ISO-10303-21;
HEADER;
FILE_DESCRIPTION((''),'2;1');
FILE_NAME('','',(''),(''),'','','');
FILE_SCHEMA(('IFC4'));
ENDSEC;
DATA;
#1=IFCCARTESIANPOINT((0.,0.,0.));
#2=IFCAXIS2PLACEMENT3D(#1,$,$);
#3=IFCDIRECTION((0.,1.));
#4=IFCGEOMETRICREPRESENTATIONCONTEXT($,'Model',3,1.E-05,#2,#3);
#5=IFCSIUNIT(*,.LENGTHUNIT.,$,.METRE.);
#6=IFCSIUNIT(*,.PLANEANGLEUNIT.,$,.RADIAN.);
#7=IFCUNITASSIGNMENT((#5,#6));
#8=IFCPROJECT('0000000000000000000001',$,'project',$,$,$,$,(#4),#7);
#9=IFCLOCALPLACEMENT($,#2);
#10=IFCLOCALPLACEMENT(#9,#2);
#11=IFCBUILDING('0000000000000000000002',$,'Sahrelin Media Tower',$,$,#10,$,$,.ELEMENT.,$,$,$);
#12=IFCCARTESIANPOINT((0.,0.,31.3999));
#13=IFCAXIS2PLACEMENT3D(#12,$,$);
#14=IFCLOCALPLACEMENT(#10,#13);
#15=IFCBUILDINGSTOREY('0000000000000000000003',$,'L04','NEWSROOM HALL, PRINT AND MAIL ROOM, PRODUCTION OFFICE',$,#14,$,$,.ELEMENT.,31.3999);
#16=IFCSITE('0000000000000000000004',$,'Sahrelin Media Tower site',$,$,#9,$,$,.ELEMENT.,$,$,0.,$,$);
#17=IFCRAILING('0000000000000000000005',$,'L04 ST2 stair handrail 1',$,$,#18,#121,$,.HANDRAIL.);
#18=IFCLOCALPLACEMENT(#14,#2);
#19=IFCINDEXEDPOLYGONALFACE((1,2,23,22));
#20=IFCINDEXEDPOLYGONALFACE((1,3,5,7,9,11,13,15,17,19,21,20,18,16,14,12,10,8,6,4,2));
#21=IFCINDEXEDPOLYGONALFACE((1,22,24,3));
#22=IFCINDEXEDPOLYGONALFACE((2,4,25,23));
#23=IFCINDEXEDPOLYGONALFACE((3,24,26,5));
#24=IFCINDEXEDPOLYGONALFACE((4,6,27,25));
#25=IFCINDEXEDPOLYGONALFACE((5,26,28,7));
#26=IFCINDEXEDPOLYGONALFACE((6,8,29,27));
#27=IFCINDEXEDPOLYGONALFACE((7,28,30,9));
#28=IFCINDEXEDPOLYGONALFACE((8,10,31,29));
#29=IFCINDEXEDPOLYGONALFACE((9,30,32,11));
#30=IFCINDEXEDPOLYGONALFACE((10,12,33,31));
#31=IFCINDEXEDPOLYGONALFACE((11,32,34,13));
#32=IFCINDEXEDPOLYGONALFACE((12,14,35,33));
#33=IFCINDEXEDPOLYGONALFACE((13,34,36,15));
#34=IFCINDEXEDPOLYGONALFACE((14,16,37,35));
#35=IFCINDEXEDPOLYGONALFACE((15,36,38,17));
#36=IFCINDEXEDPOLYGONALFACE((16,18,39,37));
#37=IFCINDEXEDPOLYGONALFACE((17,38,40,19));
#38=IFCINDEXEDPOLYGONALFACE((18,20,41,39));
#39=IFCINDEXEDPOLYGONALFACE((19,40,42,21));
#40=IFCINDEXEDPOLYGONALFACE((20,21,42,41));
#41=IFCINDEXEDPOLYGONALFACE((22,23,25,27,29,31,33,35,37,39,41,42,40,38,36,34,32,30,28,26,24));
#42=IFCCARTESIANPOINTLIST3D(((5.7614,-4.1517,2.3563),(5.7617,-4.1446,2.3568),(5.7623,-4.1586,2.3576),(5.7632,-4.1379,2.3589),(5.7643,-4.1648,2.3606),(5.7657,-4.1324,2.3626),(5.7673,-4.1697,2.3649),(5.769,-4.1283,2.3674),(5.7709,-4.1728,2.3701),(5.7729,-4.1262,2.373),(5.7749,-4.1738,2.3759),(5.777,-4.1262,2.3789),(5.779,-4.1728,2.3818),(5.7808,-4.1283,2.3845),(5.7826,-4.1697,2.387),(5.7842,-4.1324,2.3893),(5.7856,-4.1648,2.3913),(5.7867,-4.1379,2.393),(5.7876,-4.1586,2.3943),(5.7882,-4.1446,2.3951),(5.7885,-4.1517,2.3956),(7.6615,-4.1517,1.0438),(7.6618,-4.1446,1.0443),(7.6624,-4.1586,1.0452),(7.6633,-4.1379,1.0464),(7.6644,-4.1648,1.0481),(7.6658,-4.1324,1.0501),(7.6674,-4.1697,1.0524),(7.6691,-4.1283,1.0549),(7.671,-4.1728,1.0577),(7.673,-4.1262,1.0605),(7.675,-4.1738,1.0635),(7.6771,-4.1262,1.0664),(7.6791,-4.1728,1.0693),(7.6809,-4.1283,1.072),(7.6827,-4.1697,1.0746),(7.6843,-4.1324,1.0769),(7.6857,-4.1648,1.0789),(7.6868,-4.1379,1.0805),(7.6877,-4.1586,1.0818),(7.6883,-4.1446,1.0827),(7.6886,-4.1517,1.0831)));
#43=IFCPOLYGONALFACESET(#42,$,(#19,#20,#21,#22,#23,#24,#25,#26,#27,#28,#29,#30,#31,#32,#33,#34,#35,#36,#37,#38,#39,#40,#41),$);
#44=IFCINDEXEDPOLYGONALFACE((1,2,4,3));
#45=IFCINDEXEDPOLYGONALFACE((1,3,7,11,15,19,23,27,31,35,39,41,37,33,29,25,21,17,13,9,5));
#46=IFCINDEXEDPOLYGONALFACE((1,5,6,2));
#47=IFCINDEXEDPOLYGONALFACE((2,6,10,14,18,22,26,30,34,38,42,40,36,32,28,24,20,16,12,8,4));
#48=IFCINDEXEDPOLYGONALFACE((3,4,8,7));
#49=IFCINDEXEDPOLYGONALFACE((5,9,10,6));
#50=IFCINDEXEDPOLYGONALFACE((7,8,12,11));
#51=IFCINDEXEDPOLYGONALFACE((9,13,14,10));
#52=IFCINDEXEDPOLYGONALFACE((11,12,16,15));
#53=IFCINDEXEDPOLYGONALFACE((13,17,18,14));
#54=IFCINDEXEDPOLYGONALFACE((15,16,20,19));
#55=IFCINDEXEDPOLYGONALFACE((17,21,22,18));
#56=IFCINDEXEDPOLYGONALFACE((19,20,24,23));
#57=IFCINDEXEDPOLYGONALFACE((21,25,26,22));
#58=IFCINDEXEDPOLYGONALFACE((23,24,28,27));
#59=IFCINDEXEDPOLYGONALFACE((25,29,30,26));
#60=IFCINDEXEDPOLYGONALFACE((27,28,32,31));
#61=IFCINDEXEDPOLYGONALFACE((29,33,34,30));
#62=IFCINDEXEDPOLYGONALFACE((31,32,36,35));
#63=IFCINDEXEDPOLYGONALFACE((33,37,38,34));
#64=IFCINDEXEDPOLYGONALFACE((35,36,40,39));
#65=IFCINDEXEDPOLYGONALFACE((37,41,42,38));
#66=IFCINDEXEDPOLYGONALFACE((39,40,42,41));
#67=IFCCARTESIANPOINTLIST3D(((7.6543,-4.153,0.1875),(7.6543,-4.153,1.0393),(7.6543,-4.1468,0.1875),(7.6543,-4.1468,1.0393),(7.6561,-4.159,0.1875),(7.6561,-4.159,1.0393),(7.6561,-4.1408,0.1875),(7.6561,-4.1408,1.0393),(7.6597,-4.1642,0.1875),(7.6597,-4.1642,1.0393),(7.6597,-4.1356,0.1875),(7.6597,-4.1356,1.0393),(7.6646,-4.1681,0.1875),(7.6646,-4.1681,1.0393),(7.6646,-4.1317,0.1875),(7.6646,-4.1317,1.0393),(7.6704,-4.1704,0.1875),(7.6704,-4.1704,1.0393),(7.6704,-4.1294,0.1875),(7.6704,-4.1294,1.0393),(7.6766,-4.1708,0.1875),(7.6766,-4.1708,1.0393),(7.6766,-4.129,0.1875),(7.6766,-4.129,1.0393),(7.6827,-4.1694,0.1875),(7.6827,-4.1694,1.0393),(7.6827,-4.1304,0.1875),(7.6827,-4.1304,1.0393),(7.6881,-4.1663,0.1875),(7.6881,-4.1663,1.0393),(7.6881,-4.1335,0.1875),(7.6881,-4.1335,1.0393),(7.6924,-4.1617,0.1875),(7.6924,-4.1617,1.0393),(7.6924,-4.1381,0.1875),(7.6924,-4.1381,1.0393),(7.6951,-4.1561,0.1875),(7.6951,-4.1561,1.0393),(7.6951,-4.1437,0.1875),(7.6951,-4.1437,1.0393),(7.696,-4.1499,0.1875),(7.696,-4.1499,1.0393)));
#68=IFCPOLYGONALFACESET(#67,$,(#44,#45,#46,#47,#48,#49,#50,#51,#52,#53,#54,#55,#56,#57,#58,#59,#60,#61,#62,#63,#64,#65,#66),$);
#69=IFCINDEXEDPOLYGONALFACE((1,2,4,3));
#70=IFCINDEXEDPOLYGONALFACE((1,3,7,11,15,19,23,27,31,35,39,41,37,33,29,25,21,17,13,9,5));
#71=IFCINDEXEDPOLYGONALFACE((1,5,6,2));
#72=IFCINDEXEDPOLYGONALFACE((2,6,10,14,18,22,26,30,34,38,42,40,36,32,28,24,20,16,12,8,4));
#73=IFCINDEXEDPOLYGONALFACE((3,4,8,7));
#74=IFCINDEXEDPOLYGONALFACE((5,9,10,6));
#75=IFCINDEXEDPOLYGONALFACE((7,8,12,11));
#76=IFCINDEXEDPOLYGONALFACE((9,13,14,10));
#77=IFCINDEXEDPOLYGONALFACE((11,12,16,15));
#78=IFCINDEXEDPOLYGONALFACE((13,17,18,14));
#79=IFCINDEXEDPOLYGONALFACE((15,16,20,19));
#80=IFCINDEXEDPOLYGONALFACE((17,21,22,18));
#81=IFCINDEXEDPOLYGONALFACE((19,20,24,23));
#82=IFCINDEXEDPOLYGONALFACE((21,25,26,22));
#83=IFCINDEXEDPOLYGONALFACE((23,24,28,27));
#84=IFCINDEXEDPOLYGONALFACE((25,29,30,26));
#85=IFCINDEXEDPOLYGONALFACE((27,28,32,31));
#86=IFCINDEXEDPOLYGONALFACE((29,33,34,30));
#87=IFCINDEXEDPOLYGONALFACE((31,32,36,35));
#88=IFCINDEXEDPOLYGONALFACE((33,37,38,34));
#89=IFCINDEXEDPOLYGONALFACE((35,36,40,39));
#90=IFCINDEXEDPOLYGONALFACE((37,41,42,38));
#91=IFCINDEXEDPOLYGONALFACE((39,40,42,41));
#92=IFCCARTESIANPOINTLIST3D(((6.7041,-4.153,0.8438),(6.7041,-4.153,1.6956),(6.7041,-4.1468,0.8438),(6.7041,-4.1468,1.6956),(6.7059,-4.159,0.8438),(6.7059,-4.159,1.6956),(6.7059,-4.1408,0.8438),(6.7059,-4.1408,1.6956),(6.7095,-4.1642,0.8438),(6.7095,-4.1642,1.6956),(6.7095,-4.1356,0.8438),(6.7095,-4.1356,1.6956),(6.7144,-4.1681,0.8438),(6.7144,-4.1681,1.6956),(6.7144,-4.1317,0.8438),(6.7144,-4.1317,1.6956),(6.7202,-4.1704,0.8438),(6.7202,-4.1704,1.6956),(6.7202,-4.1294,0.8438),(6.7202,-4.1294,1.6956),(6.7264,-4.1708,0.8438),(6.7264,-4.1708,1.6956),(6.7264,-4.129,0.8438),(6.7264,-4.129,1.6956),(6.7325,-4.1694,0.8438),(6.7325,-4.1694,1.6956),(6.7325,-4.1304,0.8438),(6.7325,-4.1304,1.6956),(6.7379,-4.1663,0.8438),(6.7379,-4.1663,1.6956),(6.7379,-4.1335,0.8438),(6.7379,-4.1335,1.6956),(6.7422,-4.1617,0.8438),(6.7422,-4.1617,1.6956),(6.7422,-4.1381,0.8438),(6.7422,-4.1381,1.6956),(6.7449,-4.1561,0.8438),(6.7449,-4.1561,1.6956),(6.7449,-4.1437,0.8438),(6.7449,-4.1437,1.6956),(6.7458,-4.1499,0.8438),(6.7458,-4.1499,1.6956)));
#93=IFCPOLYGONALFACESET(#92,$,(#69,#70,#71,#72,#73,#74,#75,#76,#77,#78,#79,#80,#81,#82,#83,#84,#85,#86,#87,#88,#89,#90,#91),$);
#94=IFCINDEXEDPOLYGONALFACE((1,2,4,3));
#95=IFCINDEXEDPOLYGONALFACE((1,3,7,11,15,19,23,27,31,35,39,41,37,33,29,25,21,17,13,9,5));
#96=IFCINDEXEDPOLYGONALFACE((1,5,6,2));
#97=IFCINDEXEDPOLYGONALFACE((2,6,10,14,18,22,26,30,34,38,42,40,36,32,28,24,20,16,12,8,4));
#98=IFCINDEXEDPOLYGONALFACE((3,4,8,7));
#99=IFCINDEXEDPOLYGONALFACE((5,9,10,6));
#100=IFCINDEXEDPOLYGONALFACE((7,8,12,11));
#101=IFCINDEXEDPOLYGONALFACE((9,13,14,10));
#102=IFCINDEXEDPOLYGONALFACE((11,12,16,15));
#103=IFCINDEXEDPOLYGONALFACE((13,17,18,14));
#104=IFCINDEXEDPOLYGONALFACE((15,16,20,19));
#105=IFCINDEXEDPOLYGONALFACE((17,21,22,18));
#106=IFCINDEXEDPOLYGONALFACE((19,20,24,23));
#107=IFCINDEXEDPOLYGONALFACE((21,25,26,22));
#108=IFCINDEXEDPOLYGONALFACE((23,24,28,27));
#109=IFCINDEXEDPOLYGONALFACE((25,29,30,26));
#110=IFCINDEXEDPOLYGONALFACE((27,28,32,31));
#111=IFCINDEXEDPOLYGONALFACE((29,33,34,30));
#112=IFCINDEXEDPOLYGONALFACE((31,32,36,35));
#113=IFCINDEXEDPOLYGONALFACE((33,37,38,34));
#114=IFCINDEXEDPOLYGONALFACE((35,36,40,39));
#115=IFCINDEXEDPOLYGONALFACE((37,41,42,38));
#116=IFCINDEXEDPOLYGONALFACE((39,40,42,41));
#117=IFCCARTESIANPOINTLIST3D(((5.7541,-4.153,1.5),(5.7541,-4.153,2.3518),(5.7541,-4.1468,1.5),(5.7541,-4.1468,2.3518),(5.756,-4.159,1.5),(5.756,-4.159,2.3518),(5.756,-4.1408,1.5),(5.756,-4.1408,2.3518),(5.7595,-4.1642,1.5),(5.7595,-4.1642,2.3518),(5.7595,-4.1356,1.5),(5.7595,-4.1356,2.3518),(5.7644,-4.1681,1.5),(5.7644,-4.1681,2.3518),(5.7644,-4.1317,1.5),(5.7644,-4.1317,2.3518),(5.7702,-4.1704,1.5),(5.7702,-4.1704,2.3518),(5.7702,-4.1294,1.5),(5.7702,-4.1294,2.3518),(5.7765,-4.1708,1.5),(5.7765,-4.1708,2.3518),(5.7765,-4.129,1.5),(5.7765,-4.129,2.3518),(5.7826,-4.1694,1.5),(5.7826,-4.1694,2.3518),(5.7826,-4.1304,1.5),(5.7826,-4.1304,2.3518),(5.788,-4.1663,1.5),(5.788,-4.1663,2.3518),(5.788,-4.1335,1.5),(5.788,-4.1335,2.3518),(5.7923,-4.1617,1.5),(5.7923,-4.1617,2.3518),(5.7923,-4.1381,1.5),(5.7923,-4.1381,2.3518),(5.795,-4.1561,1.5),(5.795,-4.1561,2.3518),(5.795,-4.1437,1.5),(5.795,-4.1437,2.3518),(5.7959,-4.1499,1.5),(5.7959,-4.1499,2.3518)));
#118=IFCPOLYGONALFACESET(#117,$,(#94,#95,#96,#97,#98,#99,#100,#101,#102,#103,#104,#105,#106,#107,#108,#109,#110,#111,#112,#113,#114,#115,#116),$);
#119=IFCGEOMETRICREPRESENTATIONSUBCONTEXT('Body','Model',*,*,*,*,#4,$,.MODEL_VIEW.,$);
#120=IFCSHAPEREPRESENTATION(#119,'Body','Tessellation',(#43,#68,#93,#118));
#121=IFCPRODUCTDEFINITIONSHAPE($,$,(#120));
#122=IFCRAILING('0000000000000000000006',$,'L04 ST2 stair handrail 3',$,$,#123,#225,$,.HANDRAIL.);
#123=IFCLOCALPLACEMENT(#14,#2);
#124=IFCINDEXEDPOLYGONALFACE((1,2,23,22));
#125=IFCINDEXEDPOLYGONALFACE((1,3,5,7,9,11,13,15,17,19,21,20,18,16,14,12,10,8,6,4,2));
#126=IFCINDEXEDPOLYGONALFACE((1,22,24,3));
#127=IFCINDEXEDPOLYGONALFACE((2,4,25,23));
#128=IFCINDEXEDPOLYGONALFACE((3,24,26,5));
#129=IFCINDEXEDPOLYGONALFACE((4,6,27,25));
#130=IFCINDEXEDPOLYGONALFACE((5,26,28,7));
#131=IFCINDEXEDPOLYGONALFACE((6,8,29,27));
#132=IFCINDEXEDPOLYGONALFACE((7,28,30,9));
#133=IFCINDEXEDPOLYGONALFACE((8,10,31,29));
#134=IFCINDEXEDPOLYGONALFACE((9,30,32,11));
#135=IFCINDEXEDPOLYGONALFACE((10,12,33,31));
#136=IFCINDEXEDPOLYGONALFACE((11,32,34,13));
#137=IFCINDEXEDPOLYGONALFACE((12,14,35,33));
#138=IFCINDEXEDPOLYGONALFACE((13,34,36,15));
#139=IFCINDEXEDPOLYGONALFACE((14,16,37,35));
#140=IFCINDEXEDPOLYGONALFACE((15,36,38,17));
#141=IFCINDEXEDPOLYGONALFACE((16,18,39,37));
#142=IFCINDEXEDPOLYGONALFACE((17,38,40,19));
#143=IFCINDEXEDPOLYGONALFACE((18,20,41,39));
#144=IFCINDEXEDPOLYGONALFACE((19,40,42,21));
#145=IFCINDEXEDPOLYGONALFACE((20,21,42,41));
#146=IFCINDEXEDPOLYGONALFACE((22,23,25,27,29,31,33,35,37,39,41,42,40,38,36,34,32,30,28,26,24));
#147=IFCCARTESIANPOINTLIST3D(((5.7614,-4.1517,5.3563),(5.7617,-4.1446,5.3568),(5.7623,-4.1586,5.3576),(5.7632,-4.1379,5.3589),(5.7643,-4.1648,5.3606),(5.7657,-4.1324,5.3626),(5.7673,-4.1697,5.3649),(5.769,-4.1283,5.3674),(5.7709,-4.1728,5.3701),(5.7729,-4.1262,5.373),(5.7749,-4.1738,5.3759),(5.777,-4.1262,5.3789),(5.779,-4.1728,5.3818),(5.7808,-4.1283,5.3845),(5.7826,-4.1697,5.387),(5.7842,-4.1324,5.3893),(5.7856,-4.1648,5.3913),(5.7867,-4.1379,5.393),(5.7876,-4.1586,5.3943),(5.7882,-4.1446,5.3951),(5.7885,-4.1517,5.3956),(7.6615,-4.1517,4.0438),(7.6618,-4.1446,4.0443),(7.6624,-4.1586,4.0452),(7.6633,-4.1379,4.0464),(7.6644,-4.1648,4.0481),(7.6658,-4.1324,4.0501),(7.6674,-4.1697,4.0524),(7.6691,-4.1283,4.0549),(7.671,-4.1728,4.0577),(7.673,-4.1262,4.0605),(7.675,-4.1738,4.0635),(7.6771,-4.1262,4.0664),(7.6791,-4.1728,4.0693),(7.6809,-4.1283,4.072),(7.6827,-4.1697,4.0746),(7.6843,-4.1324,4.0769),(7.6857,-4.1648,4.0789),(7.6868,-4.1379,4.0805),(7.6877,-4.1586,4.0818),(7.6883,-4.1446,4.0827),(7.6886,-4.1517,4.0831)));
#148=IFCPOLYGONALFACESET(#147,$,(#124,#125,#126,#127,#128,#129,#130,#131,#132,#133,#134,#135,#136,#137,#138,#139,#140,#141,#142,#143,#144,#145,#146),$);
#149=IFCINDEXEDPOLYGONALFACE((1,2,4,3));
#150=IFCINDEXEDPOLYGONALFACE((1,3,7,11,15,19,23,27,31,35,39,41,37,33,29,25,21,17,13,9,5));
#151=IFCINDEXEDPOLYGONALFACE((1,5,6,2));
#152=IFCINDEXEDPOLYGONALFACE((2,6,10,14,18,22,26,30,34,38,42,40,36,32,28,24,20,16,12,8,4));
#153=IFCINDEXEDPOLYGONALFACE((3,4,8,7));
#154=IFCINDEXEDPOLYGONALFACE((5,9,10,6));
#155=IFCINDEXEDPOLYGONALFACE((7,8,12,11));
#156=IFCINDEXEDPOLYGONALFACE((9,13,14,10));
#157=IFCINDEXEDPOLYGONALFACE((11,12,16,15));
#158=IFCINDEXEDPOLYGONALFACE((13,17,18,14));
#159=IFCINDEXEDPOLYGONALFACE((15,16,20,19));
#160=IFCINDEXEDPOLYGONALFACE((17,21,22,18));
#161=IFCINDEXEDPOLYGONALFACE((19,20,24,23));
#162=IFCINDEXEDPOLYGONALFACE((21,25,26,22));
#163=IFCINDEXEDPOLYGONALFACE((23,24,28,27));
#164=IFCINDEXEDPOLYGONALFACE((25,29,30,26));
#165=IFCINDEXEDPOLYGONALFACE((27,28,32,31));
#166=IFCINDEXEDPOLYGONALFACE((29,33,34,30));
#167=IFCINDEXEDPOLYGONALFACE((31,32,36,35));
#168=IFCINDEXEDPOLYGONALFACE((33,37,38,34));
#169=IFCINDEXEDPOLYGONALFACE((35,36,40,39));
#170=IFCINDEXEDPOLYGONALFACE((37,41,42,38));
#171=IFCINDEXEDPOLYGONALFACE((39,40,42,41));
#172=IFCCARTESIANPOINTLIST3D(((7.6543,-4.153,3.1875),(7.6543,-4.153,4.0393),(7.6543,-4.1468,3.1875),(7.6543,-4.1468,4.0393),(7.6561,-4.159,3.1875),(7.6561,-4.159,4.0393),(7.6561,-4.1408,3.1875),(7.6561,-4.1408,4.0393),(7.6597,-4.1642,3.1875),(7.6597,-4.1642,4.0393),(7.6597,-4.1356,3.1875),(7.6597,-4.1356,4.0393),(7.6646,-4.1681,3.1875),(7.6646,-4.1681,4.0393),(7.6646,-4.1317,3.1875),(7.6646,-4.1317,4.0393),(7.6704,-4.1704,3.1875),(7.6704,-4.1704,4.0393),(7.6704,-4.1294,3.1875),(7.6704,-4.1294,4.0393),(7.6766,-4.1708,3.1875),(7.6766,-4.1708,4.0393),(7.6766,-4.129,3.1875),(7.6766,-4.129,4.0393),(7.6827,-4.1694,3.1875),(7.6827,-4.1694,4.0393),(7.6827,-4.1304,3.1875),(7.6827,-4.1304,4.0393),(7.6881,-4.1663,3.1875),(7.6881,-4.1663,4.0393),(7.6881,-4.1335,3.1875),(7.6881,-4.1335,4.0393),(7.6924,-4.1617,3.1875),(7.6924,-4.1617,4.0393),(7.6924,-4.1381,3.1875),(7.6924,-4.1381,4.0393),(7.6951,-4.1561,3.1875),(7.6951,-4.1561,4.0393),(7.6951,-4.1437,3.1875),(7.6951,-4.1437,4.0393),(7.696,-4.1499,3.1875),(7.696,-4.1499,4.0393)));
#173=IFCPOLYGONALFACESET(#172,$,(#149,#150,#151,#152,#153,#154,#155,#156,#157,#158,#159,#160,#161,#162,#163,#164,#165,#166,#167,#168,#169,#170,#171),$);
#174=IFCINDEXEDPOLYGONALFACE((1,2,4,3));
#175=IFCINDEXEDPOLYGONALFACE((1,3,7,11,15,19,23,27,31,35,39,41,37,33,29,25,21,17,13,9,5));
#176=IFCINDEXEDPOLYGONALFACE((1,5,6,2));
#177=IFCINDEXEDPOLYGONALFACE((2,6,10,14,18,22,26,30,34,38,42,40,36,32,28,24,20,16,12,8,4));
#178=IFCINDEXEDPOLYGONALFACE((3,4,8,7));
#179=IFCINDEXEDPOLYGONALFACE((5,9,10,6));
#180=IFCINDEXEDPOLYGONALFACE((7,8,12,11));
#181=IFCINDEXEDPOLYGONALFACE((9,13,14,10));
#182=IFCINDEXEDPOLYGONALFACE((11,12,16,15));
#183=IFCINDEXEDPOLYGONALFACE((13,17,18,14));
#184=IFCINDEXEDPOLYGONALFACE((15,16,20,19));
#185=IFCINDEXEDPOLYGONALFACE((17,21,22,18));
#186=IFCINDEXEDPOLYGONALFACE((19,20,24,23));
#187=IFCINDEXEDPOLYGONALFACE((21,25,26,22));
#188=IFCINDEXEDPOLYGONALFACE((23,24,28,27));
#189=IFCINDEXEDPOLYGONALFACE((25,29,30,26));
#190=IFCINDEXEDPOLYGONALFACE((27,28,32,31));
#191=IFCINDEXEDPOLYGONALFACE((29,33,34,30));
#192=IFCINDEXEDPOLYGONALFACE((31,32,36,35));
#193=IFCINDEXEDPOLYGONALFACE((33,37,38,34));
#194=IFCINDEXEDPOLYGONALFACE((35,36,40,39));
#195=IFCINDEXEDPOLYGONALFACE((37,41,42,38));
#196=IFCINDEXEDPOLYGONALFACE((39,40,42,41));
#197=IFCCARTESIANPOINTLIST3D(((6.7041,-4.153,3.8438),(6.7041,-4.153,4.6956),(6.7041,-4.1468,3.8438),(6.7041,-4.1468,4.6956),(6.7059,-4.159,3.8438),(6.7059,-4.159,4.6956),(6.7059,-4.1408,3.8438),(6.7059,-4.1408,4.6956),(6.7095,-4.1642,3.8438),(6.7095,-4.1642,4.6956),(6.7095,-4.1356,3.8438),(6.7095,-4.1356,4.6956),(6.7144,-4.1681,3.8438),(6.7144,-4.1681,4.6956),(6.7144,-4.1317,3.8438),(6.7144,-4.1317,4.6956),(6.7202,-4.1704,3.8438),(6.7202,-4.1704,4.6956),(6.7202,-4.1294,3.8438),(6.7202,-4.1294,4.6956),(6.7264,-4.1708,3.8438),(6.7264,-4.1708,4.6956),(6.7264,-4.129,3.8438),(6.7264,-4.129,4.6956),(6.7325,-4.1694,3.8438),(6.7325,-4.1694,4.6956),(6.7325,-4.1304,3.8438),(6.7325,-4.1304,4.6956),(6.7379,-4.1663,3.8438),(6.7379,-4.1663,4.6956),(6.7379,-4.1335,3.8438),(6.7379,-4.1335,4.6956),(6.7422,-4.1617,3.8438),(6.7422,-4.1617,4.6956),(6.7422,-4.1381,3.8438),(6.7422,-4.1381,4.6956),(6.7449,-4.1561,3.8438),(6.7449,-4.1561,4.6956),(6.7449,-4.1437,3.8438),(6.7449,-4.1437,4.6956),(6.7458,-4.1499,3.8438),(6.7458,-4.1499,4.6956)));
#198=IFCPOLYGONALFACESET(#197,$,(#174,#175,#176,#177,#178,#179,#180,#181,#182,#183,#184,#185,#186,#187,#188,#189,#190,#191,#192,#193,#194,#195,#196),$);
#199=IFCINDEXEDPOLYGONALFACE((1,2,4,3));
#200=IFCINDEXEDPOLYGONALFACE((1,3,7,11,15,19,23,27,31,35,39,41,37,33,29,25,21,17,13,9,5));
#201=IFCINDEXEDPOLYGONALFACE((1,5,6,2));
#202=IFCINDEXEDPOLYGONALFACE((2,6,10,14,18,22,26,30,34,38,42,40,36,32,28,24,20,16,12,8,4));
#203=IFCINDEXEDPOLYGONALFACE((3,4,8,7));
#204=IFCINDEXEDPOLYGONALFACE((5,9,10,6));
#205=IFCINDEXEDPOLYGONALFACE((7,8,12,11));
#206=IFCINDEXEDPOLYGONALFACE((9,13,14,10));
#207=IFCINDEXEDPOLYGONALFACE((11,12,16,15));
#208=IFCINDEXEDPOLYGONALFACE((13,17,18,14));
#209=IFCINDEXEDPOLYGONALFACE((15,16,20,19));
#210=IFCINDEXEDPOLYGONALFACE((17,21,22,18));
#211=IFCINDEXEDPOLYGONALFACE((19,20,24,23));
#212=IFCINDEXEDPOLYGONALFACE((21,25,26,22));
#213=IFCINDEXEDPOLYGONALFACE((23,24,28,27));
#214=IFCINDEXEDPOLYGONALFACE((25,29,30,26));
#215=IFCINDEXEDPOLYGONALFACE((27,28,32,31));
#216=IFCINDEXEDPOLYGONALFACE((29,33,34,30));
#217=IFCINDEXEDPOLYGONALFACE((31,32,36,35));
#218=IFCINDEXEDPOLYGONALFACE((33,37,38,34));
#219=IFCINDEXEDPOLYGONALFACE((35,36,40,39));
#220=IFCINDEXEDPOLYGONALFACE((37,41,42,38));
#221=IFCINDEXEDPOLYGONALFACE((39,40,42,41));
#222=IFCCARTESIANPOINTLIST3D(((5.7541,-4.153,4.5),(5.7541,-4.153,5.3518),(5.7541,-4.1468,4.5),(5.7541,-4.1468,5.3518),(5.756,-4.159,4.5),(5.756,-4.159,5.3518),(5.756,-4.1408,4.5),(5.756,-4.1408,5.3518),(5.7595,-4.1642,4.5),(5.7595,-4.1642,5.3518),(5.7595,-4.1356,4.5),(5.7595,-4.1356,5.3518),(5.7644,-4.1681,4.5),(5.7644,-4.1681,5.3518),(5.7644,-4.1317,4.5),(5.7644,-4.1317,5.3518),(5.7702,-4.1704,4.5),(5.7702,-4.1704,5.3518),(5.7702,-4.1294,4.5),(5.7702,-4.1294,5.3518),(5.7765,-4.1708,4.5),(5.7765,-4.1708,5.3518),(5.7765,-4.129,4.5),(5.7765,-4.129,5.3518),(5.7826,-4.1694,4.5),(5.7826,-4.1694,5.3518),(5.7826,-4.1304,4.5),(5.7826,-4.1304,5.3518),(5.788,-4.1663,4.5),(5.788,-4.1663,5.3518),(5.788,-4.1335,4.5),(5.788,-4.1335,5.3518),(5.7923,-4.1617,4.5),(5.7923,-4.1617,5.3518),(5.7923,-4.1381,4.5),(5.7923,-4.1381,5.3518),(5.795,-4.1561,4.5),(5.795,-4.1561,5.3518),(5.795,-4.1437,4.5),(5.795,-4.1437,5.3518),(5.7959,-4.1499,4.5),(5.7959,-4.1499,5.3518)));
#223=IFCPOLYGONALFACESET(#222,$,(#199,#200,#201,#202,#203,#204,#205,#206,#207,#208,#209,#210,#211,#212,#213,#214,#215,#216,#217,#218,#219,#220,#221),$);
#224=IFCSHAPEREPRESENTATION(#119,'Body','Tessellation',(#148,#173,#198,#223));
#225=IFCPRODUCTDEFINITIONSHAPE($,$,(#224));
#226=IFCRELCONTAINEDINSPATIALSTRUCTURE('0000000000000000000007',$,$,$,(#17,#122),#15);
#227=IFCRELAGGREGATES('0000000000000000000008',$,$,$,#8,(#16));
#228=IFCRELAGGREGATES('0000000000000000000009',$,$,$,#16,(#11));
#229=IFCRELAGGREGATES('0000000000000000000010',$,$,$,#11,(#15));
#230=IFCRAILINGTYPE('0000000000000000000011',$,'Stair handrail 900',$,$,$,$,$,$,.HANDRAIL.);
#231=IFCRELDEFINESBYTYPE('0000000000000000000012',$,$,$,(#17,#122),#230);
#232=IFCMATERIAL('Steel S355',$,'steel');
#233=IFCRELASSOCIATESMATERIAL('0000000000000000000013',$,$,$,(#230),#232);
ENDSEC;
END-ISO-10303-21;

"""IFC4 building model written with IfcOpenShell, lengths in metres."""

from ifc_helpers import new_model, si_unit, direction, frame, origin, origin_2d, place, context, subcontext, project, spatial, circle, extrude, material, type_object, element, save


model = new_model("IFC4")

# Units and contexts
model_context = context("Model", 3, precision=1e-05, world=origin(), true_north=direction((0.0, 1.0)))
body_context = subcontext(model_context, "Body", "Model", "MODEL_VIEW")
ifc_project = project(units=[si_unit("LENGTHUNIT", "METRE"), si_unit("PLANEANGLEUNIT", "RADIAN")], contexts=[model_context])

# Site, building, storey
site_placement = place(None, origin())
site = spatial("IfcSite", under=ifc_project, at=site_placement, Name="Sahrelin Media Tower site", CompositionType="ELEMENT", RefElevation=0.0)
building_placement = place(site_placement, origin())
building = spatial("IfcBuilding", under=site, at=building_placement, Name="Sahrelin Media Tower", CompositionType="ELEMENT")
storey_placement = place(building_placement, frame((0.0, 0.0, 31.3999)))
storey = spatial("IfcBuildingStorey", under=building, at=storey_placement, Name="L04", Description="NEWSROOM HALL, PRINT AND MAIL ROOM, PRODUCTION OFFICE", CompositionType="ELEMENT", Elevation=31.3999)

# Shared definitions
ifc_material_1 = material(Name="Steel S355", Category="steel")

# Railings
railing_type_1 = type_object("IfcRailingType", Name="Stair handrail 900", PredefinedType="HANDRAIL", material=ifc_material_1)
for number, where, name in (
    (1, (7.675, -4.1499, 0.1875), "L04 ST2 stair handrail 1"),
    (2, (7.675, -4.1499, 3.1875), "L04 ST2 stair handrail 3"),
):
    element("IfcRailing", number, at=place(storey_placement, frame(where)), inside=storey, type_object=railing_type_1, Name=name, PredefinedType="HANDRAIL", context=body_context, shape_type="SweptSolid", body=[
        extrude(circle(Radius=0.0239, at=origin_2d()), frame((0.0, 0.0, 0.876), z_axis=(-0.822797, 0.0, 0.568336), x_axis=(0.0, -1.0, 0.0)), (0.0, 0.0, 1.0), 2.3093),
        extrude(circle(Radius=0.021, at=origin_2d()), origin(), (0.0, 0.0, 1.0), 0.8518),
        extrude(circle(Radius=0.021, at=origin_2d()), frame((-0.9502, 0.0, 0.6562)), (0.0, 0.0, 1.0), 0.8518),
        extrude(circle(Radius=0.021, at=origin_2d()), frame((-1.9001, 0.0, 1.3125)), (0.0, 0.0, 1.0), 0.8518),
    ])

save(model, "model.ifc")
